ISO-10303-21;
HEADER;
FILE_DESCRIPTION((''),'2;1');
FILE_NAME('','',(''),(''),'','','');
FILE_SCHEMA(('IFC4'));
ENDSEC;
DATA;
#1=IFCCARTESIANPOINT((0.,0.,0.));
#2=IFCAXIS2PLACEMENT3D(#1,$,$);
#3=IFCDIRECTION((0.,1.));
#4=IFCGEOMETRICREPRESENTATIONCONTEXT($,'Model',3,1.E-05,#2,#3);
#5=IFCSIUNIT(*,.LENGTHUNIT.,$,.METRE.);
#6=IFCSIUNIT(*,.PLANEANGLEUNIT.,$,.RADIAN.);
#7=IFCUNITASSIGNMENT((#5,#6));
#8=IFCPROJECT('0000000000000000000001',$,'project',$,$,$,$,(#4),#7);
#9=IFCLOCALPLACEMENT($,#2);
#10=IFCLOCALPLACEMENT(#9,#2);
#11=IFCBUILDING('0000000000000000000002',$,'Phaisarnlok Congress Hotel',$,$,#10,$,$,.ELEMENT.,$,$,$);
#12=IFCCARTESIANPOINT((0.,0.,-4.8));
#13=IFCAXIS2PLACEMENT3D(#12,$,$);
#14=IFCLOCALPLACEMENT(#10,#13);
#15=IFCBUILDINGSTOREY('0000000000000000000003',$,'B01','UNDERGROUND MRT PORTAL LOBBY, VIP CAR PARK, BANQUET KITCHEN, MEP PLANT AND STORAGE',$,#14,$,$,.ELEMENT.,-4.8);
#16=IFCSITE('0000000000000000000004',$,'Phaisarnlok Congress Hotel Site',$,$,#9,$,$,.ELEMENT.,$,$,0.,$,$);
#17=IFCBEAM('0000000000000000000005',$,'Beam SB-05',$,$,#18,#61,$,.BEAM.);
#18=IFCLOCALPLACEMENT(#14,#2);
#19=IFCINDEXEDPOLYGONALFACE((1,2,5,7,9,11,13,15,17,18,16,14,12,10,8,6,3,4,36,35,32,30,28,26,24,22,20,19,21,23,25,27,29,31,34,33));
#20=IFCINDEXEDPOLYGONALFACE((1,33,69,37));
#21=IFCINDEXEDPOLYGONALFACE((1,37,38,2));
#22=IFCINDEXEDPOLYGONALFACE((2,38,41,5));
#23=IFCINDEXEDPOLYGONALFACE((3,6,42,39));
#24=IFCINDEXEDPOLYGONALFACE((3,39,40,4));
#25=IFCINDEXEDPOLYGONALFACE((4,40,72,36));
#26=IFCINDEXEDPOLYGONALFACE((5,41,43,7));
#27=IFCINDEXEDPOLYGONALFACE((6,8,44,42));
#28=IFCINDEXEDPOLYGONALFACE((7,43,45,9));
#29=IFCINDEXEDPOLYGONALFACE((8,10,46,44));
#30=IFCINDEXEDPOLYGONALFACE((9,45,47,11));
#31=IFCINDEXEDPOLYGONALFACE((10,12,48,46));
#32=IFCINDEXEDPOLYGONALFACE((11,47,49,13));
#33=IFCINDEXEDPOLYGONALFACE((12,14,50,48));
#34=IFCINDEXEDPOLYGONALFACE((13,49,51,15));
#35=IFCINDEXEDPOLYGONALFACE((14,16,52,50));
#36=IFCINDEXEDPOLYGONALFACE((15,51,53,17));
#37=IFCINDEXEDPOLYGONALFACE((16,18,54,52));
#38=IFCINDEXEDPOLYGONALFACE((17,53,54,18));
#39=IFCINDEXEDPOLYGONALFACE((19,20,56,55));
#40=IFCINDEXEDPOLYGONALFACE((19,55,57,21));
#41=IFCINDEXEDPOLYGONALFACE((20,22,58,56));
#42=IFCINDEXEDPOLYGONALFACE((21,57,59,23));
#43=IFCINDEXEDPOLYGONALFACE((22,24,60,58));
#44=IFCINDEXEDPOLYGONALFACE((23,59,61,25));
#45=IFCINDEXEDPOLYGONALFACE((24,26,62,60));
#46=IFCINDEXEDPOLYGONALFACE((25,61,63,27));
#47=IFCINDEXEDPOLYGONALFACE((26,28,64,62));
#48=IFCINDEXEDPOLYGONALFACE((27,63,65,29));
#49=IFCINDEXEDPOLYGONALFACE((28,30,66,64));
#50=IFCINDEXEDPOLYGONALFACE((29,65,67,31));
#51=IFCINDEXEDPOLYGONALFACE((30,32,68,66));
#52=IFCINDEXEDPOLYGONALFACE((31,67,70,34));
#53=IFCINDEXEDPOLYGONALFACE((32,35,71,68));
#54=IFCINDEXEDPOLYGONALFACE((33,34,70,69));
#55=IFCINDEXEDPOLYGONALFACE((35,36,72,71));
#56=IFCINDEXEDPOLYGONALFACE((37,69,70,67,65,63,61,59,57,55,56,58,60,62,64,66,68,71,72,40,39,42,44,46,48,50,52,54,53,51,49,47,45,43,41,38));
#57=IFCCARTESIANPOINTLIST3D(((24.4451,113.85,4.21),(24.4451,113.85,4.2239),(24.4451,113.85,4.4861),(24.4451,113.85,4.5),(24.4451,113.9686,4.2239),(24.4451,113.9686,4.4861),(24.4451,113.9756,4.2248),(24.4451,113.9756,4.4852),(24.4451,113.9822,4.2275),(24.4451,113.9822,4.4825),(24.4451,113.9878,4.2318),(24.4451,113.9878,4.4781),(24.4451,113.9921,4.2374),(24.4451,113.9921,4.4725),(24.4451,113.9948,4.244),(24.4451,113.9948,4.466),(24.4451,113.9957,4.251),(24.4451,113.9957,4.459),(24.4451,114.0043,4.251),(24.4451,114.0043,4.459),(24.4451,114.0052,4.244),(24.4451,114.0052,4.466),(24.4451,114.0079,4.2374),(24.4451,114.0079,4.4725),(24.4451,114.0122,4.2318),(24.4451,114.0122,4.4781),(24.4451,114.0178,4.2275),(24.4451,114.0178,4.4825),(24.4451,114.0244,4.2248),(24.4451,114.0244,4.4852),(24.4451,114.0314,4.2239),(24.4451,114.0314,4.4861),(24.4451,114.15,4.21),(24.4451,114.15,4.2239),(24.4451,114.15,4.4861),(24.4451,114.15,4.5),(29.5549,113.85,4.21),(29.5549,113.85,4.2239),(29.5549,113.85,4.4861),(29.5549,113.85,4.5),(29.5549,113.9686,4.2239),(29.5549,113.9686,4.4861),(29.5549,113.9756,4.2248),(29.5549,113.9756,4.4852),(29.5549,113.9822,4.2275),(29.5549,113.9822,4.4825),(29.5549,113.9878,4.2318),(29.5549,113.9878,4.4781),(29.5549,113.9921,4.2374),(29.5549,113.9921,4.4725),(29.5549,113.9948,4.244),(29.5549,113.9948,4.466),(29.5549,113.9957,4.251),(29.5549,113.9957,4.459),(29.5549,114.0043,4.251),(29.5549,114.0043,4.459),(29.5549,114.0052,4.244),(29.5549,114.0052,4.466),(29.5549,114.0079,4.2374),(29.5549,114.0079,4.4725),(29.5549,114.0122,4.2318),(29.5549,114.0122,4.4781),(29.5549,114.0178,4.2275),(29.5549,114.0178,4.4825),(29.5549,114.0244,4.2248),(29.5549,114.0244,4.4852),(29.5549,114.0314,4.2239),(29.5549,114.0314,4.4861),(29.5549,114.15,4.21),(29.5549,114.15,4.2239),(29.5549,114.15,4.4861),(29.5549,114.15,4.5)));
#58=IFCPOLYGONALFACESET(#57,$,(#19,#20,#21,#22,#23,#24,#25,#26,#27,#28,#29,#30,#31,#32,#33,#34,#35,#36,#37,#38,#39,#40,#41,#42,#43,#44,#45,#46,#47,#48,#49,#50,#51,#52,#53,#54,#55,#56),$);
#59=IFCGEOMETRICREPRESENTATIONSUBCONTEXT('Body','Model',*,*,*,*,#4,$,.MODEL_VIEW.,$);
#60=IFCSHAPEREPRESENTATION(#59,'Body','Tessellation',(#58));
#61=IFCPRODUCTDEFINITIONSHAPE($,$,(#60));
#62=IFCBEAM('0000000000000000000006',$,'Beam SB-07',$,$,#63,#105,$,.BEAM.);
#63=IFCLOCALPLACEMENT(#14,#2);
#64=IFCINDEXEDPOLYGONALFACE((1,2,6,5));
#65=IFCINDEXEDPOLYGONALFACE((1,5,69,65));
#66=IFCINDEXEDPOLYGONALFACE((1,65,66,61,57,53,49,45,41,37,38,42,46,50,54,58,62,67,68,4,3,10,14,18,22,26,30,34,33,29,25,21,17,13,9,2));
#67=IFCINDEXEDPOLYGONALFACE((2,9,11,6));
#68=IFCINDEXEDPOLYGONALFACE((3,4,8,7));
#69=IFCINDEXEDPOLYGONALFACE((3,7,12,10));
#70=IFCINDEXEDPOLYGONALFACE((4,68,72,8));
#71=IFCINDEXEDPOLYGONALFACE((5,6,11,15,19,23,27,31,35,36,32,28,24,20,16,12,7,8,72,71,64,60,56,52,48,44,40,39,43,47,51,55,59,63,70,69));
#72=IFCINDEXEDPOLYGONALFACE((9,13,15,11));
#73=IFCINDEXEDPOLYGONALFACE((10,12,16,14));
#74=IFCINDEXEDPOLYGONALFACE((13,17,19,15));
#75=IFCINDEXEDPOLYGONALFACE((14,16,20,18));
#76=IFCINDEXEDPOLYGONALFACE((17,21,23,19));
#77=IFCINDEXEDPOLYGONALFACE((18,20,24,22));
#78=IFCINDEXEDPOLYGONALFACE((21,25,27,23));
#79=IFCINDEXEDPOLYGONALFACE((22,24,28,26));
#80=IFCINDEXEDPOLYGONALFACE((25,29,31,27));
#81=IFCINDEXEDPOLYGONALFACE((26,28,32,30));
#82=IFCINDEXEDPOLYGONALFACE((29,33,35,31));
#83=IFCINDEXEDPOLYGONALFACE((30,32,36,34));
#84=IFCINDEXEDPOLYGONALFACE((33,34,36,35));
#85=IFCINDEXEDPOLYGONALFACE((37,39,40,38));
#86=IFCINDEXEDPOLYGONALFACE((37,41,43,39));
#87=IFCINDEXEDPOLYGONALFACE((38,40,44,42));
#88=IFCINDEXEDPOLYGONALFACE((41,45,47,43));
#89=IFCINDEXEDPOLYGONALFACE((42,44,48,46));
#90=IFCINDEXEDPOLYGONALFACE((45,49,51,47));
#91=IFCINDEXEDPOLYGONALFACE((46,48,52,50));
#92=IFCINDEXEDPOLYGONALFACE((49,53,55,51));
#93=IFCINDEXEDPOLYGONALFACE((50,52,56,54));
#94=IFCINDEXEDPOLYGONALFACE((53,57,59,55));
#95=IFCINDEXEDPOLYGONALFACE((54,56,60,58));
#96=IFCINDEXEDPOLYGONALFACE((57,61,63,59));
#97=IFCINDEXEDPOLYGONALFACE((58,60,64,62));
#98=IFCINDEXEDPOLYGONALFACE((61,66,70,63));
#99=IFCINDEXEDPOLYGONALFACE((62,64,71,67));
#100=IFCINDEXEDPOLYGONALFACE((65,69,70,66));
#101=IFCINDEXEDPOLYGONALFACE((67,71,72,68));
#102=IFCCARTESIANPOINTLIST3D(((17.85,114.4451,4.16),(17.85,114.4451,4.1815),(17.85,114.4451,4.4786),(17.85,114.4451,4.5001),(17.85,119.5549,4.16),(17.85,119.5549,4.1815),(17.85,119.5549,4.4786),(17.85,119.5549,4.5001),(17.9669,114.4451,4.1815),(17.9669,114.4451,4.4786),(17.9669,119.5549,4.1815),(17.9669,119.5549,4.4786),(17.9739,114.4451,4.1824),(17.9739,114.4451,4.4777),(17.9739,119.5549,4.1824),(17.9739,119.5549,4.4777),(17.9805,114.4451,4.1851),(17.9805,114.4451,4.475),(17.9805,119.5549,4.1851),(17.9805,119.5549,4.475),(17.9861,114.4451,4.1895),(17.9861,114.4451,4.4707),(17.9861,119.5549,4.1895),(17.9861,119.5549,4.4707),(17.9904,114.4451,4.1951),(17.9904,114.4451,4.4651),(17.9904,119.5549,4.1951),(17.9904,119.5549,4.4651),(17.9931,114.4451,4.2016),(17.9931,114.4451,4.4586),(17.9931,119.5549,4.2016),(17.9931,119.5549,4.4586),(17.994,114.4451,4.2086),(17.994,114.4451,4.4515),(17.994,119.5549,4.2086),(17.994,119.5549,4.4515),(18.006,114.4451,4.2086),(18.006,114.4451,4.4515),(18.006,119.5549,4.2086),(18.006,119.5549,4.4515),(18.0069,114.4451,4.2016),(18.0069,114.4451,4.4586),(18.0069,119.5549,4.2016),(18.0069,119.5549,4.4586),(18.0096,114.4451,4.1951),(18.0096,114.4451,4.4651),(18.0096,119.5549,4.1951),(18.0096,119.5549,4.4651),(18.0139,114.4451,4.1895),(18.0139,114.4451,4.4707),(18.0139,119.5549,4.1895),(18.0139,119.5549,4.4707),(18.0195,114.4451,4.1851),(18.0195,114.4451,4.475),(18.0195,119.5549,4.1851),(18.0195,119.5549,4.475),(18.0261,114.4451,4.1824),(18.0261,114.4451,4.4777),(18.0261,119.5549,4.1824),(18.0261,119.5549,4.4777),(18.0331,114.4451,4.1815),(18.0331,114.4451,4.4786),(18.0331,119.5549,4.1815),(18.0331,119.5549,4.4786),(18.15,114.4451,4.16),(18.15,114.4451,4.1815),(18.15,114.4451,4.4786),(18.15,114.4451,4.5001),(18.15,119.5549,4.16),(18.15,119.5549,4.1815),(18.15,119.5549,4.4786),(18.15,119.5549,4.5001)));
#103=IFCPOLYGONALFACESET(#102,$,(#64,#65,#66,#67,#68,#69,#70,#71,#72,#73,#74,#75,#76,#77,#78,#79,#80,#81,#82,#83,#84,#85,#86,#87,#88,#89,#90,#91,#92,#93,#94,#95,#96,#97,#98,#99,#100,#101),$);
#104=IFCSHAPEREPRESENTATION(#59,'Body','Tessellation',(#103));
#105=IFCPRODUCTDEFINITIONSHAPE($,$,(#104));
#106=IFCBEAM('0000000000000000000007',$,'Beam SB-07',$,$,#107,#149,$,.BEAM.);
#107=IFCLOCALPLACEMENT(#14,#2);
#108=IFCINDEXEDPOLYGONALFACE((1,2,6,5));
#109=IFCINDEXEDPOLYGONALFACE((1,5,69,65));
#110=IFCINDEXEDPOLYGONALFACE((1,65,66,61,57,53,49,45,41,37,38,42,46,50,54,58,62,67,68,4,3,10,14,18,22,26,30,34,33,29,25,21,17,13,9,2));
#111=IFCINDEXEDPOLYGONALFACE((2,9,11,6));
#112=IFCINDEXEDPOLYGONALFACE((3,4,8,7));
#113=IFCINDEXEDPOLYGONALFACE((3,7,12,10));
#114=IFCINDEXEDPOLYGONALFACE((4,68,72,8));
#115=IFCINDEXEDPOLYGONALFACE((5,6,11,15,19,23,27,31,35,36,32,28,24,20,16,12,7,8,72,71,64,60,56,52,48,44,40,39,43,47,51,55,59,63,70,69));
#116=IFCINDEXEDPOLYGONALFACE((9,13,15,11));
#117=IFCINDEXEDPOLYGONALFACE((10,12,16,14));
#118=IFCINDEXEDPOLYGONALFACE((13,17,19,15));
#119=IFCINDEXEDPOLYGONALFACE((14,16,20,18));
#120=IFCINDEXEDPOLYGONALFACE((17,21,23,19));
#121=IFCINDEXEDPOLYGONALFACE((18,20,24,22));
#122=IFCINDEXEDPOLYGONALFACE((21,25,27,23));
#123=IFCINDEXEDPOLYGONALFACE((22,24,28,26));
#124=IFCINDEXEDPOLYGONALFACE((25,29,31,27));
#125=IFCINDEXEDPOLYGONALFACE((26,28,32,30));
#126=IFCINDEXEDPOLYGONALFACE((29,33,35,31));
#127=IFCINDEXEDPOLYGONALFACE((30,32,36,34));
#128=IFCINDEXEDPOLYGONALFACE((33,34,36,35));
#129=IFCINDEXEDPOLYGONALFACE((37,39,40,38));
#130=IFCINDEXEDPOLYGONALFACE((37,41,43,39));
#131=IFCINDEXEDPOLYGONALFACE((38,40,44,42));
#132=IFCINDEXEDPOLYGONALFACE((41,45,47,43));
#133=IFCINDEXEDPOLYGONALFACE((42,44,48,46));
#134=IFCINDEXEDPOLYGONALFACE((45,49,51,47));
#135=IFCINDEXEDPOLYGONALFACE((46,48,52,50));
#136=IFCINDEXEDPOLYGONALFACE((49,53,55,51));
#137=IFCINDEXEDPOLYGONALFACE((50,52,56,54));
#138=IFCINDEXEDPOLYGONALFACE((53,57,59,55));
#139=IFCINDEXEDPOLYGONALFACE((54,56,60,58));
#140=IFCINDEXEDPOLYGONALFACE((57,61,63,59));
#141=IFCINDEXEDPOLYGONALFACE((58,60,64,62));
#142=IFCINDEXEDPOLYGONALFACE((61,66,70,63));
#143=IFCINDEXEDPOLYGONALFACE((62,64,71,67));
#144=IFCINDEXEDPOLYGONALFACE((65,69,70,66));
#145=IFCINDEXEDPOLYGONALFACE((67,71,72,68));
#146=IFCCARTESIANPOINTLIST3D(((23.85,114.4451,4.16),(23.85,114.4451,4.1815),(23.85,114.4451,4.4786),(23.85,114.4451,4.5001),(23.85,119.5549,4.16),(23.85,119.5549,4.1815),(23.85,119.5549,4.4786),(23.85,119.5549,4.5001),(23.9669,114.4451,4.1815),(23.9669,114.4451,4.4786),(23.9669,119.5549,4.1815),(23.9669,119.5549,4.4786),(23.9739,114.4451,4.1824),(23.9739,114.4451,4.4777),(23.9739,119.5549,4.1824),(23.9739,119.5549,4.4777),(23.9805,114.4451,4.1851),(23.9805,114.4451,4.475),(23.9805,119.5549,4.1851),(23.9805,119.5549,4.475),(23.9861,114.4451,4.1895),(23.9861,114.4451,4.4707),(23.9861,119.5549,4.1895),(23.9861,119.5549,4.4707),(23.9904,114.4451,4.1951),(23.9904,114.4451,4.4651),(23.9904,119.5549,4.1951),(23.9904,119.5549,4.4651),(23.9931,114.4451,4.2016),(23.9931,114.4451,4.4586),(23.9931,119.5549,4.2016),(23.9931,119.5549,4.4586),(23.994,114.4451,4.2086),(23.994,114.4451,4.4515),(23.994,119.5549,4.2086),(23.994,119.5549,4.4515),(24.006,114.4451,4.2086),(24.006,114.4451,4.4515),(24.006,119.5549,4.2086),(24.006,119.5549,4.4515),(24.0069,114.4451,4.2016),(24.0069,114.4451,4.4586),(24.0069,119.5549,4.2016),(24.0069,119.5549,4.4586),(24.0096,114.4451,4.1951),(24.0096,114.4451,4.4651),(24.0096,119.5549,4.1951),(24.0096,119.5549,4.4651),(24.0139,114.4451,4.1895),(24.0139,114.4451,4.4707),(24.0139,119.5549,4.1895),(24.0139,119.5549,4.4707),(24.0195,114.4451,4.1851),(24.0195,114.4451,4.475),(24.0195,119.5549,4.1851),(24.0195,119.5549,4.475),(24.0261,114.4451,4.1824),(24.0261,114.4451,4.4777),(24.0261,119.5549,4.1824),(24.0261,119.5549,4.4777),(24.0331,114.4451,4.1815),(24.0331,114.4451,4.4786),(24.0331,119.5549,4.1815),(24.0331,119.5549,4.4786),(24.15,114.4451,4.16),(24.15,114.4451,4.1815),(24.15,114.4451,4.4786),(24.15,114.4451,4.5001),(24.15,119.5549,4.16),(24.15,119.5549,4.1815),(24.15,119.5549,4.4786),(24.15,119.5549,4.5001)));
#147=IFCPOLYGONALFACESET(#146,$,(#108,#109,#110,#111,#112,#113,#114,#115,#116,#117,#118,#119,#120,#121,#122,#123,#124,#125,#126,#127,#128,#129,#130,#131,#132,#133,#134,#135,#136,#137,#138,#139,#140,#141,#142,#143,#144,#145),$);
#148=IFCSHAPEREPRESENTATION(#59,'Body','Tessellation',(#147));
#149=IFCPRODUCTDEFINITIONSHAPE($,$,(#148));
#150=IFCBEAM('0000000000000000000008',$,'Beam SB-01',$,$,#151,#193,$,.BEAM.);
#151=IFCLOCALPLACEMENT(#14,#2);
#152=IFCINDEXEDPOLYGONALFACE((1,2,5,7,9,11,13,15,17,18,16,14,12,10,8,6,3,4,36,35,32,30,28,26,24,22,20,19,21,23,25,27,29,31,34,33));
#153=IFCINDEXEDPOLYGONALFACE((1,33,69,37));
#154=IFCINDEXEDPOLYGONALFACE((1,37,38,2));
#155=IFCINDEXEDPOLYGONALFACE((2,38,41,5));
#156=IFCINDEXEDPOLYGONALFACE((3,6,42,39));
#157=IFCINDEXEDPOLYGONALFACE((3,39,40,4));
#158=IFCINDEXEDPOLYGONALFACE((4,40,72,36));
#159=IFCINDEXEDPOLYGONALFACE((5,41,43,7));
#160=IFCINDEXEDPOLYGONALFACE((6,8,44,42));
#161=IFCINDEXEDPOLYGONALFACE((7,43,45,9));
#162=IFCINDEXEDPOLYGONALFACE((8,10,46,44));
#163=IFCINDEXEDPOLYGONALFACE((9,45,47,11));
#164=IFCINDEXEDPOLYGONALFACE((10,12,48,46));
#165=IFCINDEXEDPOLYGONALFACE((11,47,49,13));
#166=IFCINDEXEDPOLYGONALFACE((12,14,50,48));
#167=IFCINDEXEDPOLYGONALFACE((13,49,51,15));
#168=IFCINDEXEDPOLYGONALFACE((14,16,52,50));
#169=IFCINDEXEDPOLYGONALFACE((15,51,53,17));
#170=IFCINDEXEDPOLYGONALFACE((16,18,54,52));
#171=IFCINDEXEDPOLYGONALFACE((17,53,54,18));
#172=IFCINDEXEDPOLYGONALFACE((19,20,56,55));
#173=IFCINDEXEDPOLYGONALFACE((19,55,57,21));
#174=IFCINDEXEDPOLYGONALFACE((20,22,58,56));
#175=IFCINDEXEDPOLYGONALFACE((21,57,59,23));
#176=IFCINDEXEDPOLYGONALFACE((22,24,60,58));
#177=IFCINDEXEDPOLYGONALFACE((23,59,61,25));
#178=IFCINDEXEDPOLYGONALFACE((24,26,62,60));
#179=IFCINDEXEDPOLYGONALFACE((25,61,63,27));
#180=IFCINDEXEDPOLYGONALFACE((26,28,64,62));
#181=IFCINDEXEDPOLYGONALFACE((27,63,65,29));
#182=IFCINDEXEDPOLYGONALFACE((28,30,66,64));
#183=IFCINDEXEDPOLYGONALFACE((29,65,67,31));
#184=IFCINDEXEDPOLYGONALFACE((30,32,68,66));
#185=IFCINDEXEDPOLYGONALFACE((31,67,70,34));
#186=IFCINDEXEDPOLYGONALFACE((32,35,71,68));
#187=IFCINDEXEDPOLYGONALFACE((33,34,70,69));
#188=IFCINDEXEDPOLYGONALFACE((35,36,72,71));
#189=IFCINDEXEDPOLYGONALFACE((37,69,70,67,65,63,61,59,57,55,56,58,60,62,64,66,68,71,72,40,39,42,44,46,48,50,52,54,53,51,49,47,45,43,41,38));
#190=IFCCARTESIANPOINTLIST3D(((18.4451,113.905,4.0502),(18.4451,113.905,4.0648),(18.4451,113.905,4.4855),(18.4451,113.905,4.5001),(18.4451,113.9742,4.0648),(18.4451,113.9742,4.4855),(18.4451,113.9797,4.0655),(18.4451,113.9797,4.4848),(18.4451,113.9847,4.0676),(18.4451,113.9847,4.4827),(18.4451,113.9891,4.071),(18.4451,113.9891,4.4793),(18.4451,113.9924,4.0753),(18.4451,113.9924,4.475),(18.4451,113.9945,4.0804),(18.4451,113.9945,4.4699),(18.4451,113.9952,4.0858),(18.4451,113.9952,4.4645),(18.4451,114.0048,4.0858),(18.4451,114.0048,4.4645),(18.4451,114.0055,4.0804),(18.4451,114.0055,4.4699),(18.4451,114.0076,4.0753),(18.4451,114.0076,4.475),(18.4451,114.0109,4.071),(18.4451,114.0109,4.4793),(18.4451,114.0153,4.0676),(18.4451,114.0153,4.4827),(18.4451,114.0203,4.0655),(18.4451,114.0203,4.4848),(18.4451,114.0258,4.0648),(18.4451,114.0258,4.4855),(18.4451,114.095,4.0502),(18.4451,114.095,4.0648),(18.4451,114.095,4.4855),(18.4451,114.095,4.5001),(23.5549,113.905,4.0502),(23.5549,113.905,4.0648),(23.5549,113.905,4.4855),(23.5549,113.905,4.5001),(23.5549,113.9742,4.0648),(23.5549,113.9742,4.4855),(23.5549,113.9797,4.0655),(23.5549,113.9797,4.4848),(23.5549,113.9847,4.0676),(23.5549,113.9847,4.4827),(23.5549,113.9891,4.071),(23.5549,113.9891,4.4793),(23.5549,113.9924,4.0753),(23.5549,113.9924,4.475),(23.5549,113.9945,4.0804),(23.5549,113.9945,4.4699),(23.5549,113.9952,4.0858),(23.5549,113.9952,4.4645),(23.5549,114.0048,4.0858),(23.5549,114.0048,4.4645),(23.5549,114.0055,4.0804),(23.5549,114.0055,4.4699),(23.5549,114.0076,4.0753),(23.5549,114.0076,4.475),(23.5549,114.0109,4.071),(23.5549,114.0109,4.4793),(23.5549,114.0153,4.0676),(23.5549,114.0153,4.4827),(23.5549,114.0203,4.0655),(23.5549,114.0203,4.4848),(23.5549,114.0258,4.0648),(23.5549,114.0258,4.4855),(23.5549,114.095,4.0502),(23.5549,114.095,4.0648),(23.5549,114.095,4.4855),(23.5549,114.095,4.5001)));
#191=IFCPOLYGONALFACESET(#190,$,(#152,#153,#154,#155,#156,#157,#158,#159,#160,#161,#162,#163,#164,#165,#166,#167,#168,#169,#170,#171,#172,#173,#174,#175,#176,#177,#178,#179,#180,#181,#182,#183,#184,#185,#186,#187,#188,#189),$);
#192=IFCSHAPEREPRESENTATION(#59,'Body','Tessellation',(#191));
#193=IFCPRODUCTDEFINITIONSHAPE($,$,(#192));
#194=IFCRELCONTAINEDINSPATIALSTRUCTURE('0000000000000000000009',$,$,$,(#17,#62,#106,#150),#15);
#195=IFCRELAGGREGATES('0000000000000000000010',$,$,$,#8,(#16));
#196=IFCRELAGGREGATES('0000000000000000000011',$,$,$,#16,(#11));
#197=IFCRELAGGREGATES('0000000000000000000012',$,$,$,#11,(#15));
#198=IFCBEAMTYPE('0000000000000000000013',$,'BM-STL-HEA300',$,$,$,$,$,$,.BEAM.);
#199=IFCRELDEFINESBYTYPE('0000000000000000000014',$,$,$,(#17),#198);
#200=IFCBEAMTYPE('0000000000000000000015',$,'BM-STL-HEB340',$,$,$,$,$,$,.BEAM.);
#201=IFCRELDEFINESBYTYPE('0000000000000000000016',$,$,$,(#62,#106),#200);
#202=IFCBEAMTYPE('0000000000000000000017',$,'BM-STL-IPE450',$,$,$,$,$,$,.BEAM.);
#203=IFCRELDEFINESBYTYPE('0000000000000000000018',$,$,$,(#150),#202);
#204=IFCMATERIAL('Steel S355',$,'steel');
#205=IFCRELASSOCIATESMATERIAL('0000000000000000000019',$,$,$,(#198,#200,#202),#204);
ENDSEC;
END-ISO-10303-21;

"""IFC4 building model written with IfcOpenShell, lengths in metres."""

from ifc_helpers import new_model, si_unit, direction, frame, origin, origin_2d, place, context, subcontext, project, spatial, i_section, extrude, material, material_profile, profile_set, type_object, element, save


model = new_model("IFC4")

# Units and contexts
model_context = context("Model", 3, precision=1e-05, world=origin(), true_north=direction((0.0, 1.0)))
body_context = subcontext(model_context, "Body", "Model", "MODEL_VIEW")
ifc_project = project(units=[si_unit("LENGTHUNIT", "METRE"), si_unit("PLANEANGLEUNIT", "RADIAN")], contexts=[model_context])

# Site, building, storey
site_placement = place(None, origin())
site = spatial("IfcSite", under=ifc_project, at=site_placement, Name="Phaisarnlok Congress Hotel Site", CompositionType="ELEMENT", RefElevation=0.0)
building_placement = place(site_placement, origin())
building = spatial("IfcBuilding", under=site, at=building_placement, Name="Phaisarnlok Congress Hotel", CompositionType="ELEMENT")
storey_placement = place(building_placement, frame((0.0, 0.0, -4.8)))
storey = spatial("IfcBuildingStorey", under=building, at=storey_placement, Name="B01", Description="UNDERGROUND MRT PORTAL LOBBY, VIP CAR PARK, BANQUET KITCHEN, MEP PLANT AND STORAGE", CompositionType="ELEMENT", Elevation=-4.8)

# Beams
ifc_material_1 = material(Name="Steel S355", Category="steel")
ifc_material_profile_1 = material_profile(ifc_material_1, i_section(OverallWidth=0.3, OverallDepth=0.29, WebThickness=0.0085, FlangeThickness=0.0139, FilletRadius=0.0271, at=origin_2d()), Name="HEA 300")
ifc_profile_set_1 = profile_set([ifc_material_profile_1], Name="Steel S355")
beam_type_1 = type_object("IfcBeamType", Name="BM-STL-HEA300", PredefinedType="BEAM", material=ifc_profile_set_1)
beam_1_placement = place(storey_placement, frame((24.4451, 114.0, 4.355), z_axis=(1.0, 0.0, 0.0), x_axis=(0.0, 1.0, 0.0)))
element("IfcBeam", 1, at=beam_1_placement, inside=storey, type_object=beam_type_1, Name="Beam SB-05", PredefinedType="BEAM", context=body_context, shape_type="SweptSolid", body=[
    extrude(i_section(OverallWidth=0.3, OverallDepth=0.29, WebThickness=0.0085, FlangeThickness=0.0139, FilletRadius=0.0271, at=origin_2d()), origin(), (0.0, 0.0, 1.0), 5.1099),
])
ifc_material_profile_2 = material_profile(ifc_material_1, i_section(OverallWidth=0.3, OverallDepth=0.3401, WebThickness=0.012, FlangeThickness=0.0215, FilletRadius=0.0271, at=origin_2d()), Name="HEB 340")
ifc_profile_set_2 = profile_set([ifc_material_profile_2], Name="Steel S355")
beam_type_2 = type_object("IfcBeamType", Name="BM-STL-HEB340", PredefinedType="BEAM", material=ifc_profile_set_2)
for number, where, z_axis, x_axis, name in (
    (2, (18.0, 114.4451, 4.3301), (0.0, 1.0, 0.0), (-1.0, 0.0, 0.0), "Beam SB-07"),
    (3, (24.0, 114.4451, 4.3301), (0.0, 1.0, 0.0), (-1.0, 0.0, 0.0), "Beam SB-07"),
):
    element("IfcBeam", number, at=place(storey_placement, frame(where, z_axis=z_axis, x_axis=x_axis)), inside=storey, type_object=beam_type_2, Name=name, PredefinedType="BEAM", context=body_context, shape_type="SweptSolid", body=[
        extrude(i_section(OverallWidth=0.3, OverallDepth=0.3401, WebThickness=0.012, FlangeThickness=0.0215, FilletRadius=0.0271, at=origin_2d()), origin(), (0.0, 0.0, 1.0), 5.1099),
    ])
ifc_material_profile_3 = material_profile(ifc_material_1, i_section(OverallWidth=0.1899, OverallDepth=0.45, WebThickness=0.0095, FlangeThickness=0.0146, FilletRadius=0.021, at=origin_2d()), Name="IPE 450")
ifc_profile_set_3 = profile_set([ifc_material_profile_3], Name="Steel S355")
beam_type_3 = type_object("IfcBeamType", Name="BM-STL-IPE450", PredefinedType="BEAM", material=ifc_profile_set_3)
beam_2_placement = place(storey_placement, frame((18.4451, 114.0, 4.2751), z_axis=(1.0, 0.0, 0.0), x_axis=(0.0, 1.0, 0.0)))
element("IfcBeam", 4, at=beam_2_placement, inside=storey, type_object=beam_type_3, Name="Beam SB-01", PredefinedType="BEAM", context=body_context, shape_type="SweptSolid", body=[
    extrude(i_section(OverallWidth=0.1899, OverallDepth=0.45, WebThickness=0.0095, FlangeThickness=0.0146, FilletRadius=0.021, at=origin_2d()), origin(), (0.0, 0.0, 1.0), 5.1099),
])

save(model, "model.ifc")
